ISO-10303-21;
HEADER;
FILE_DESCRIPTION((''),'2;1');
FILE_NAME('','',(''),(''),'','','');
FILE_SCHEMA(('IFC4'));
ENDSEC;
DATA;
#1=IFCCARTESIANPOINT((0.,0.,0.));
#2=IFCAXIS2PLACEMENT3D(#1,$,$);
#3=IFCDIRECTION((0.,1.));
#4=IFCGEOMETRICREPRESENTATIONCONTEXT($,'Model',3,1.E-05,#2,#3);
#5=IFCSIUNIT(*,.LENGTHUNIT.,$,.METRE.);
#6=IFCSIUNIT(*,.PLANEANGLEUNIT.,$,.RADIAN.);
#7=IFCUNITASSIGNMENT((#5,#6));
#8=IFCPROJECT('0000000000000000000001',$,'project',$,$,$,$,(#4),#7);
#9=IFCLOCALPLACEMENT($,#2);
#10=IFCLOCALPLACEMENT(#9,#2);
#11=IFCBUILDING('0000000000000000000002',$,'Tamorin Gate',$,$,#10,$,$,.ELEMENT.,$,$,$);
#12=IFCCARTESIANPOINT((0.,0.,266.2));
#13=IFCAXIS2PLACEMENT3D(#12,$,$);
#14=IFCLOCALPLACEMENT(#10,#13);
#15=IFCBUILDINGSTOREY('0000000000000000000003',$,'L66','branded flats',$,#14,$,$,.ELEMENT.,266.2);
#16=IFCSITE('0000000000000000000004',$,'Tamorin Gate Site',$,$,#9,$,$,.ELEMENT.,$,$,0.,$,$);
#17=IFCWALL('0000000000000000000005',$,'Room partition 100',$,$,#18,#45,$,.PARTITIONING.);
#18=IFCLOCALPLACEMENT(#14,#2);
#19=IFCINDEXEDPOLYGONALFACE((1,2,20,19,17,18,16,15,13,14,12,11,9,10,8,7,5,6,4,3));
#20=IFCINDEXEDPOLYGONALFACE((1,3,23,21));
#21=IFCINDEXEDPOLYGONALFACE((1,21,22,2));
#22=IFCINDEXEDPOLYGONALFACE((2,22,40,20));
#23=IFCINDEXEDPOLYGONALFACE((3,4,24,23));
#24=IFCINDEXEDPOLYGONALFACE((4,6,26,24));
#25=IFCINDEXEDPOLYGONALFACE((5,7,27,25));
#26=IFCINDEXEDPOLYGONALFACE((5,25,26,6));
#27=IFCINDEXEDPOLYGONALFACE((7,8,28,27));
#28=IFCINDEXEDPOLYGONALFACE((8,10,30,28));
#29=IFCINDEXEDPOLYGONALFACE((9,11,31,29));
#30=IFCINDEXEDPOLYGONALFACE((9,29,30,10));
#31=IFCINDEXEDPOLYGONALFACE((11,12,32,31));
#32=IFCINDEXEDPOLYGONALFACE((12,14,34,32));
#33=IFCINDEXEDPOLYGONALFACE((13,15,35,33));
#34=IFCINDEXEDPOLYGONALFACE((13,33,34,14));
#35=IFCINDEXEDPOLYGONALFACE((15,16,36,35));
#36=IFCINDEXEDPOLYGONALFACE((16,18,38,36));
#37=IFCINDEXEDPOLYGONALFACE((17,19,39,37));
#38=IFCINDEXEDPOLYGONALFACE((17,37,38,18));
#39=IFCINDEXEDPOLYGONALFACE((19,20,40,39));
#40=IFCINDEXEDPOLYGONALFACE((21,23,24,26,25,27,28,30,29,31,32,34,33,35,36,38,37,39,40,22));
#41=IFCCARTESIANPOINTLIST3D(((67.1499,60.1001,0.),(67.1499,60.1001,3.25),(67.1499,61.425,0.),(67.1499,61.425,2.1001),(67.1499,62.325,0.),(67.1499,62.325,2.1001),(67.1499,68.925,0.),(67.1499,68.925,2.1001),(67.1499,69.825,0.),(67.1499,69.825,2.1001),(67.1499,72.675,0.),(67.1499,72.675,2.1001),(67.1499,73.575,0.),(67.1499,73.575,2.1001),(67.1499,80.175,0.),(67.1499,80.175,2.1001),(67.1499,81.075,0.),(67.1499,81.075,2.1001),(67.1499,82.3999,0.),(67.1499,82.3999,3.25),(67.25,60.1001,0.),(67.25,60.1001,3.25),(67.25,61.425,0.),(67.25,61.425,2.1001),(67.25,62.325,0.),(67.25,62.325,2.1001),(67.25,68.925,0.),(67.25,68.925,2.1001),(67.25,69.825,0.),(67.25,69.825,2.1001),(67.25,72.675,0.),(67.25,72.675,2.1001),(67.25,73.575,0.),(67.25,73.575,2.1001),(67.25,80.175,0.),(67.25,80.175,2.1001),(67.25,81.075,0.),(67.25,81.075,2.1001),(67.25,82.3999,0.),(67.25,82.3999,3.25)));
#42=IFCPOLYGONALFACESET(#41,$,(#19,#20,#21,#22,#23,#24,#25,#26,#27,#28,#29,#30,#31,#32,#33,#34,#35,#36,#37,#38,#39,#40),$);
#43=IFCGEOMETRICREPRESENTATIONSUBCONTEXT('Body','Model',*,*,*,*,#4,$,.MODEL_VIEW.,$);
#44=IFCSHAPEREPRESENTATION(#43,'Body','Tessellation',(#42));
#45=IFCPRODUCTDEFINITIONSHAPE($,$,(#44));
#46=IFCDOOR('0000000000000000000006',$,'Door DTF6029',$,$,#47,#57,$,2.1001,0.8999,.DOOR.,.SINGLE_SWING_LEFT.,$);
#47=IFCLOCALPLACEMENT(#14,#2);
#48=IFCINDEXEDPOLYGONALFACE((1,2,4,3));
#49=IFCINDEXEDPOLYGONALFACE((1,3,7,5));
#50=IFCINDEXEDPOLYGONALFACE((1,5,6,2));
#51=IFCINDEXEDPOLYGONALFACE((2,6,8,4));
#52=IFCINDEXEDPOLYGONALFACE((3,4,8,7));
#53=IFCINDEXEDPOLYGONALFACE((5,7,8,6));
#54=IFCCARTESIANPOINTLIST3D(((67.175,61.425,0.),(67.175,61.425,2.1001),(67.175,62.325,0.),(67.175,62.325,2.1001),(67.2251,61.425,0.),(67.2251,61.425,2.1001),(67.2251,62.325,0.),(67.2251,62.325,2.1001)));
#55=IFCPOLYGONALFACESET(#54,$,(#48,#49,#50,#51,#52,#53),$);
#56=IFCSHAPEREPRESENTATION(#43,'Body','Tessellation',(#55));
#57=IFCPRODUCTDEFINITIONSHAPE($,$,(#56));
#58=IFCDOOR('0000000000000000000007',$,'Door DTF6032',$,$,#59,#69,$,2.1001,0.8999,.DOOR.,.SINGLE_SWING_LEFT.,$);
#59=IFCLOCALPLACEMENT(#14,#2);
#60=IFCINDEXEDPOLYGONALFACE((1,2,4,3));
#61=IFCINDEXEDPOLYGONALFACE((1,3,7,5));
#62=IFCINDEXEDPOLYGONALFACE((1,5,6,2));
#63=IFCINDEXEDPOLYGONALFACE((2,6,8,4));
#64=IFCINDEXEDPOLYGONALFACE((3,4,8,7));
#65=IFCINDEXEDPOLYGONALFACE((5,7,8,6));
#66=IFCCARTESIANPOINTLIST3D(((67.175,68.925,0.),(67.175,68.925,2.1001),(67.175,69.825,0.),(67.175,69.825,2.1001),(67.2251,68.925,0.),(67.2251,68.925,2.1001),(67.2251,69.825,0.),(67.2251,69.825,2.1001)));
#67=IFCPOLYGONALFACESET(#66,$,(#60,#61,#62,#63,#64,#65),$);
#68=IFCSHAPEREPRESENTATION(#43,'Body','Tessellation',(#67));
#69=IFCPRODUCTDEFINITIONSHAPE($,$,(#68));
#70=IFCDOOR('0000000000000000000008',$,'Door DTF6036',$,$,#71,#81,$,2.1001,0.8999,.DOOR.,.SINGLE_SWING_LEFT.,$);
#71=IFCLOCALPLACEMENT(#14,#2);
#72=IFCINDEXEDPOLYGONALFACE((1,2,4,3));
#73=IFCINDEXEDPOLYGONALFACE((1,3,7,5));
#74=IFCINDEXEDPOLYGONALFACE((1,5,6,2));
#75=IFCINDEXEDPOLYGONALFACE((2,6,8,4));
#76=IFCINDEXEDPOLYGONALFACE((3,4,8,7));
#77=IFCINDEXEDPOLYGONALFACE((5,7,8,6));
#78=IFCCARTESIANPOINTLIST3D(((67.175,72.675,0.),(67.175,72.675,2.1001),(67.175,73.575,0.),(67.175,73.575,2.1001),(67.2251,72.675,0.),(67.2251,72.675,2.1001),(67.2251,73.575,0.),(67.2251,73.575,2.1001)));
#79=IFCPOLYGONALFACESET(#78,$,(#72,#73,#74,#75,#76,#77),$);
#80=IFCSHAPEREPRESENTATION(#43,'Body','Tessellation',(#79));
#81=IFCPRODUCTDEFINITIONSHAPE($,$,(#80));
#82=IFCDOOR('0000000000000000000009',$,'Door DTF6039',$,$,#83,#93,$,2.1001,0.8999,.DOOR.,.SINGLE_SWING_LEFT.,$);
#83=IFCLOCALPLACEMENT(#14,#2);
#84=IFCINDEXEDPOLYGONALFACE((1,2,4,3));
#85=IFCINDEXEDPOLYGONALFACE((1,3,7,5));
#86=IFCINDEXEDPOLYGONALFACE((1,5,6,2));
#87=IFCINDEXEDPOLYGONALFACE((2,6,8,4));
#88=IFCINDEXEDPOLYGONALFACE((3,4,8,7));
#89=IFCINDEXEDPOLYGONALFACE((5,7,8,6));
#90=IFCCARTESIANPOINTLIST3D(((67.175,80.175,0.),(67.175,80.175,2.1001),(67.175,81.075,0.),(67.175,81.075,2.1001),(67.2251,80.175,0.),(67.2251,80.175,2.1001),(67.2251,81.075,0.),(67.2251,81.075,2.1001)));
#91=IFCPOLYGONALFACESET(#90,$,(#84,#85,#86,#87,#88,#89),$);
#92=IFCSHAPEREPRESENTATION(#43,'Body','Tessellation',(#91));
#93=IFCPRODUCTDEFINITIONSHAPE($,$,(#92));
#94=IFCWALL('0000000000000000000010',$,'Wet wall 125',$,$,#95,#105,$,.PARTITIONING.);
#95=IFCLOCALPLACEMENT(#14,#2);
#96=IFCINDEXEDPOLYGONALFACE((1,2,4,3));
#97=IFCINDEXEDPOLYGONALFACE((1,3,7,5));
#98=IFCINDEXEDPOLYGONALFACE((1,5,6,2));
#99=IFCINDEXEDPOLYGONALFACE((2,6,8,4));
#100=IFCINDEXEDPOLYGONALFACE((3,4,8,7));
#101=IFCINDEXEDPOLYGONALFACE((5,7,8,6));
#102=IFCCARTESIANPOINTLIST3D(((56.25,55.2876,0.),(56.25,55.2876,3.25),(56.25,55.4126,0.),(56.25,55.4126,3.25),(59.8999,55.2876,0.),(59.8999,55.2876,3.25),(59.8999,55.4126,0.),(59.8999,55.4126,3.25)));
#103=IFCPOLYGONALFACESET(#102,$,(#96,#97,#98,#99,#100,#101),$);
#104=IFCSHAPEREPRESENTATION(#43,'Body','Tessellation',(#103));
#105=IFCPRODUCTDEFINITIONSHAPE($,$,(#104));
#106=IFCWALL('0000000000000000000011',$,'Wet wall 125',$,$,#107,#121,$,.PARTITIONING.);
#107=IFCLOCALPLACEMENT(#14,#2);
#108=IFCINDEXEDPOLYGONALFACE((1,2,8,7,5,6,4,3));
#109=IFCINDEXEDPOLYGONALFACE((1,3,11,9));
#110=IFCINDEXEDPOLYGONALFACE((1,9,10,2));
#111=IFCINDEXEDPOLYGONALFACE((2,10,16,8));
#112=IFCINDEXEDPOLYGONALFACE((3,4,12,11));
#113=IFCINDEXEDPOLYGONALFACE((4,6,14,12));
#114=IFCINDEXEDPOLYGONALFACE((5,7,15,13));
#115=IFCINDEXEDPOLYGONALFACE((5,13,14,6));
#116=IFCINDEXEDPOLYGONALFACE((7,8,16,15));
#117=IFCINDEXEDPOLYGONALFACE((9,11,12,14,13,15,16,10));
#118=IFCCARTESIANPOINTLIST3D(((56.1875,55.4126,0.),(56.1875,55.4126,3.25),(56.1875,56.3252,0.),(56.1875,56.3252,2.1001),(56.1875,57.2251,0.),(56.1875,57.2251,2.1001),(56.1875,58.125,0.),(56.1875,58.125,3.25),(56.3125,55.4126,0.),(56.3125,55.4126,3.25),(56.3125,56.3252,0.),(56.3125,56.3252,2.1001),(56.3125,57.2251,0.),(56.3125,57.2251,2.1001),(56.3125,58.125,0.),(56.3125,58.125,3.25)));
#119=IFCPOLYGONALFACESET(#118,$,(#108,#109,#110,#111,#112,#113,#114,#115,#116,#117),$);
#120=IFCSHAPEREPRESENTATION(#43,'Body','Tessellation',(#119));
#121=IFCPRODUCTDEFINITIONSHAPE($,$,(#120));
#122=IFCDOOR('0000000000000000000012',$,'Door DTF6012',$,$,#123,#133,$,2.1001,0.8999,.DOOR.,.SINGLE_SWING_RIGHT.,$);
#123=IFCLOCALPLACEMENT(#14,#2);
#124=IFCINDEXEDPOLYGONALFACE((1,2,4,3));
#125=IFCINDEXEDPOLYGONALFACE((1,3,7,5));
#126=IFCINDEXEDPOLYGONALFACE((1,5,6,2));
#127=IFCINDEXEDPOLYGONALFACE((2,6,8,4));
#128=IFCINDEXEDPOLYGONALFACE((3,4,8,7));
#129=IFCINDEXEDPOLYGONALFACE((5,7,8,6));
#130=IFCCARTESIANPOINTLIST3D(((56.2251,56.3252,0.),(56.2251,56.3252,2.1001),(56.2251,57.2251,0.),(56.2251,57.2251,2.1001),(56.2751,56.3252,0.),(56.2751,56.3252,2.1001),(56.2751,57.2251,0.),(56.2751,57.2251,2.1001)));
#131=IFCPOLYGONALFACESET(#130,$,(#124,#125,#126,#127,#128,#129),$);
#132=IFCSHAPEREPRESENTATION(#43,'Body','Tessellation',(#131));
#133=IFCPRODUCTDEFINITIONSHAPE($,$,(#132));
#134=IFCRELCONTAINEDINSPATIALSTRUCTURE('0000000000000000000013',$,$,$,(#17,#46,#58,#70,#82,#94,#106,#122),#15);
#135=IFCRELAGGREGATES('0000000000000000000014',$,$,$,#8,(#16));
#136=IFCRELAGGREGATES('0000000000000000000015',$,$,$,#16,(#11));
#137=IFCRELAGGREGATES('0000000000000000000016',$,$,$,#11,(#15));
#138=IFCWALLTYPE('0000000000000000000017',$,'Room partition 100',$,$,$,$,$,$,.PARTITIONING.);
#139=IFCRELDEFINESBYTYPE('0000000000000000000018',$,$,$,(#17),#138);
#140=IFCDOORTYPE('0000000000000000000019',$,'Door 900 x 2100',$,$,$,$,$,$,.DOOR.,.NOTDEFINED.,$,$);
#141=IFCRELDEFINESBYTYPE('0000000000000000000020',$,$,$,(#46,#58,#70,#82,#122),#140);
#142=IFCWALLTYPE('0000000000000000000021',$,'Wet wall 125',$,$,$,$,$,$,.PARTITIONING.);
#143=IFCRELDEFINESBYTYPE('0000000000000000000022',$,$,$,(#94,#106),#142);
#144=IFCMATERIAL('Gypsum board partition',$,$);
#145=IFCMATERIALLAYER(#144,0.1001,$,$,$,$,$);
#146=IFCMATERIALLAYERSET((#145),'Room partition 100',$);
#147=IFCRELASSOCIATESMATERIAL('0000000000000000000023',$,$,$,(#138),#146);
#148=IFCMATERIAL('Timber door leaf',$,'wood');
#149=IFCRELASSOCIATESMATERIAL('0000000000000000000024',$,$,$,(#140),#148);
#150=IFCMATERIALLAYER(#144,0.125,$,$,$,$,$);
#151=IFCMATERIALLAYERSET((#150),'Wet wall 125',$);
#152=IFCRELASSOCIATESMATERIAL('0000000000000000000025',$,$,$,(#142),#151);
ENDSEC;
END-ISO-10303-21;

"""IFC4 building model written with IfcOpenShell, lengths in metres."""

from ifc_helpers import new_model, si_unit, direction, frame, frame_2d, origin, place, context, subcontext, project, spatial, rectangle, extrude, material, layer, layer_set, type_object, element, fill, save


model = new_model("IFC4")

# Units and contexts
model_context = context("Model", 3, precision=1e-05, world=origin(), true_north=direction((0.0, 1.0)))
body_context = subcontext(model_context, "Body", "Model", "MODEL_VIEW")
ifc_project = project(units=[si_unit("LENGTHUNIT", "METRE"), si_unit("PLANEANGLEUNIT", "RADIAN")], contexts=[model_context])

# Site, building, storey
site_placement = place(None, origin())
site = spatial("IfcSite", under=ifc_project, at=site_placement, Name="Tamorin Gate Site", CompositionType="ELEMENT", RefElevation=0.0)
building_placement = place(site_placement, origin())
building = spatial("IfcBuilding", under=site, at=building_placement, Name="Tamorin Gate", CompositionType="ELEMENT")
storey_placement = place(building_placement, frame((0.0, 0.0, 266.2)))
storey = spatial("IfcBuildingStorey", under=building, at=storey_placement, Name="L66", Description="branded flats", CompositionType="ELEMENT", Elevation=266.2)

# Shared definitions
ifc_material_1 = material(Name="Gypsum board partition")
ifc_material_2 = material(Name="Timber door leaf", Category="wood")

# Shared definitions
ifc_layer_1 = layer(ifc_material_1, 0.1001)
ifc_layer_set_1 = layer_set([ifc_layer_1], Name="Room partition 100")
wall_type_1 = type_object("IfcWallType", Name="Room partition 100", PredefinedType="PARTITIONING", material=ifc_layer_set_1)
door_type_1 = type_object("IfcDoorType", Name="Door 900 x 2100", OperationType="NOTDEFINED", PredefinedType="DOOR", material=ifc_material_2)

# Wall, openings, doors
wall_1_placement = place(storey_placement, frame((67.2, 60.1001, 0.0), z_axis=(0.0, 0.0, 1.0), x_axis=(0.0, 1.0, 0.0)))
wall_1 = element("IfcWall", 1, at=wall_1_placement, inside=storey, type_object=wall_type_1, Name="Room partition 100", PredefinedType="PARTITIONING", context=body_context, shape_type="SweptSolid", body=[
    extrude(rectangle(XDim=22.2998, YDim=0.1001, at=frame_2d((11.1499, 0.0))), origin(), (0.0, 0.0, 1.0), 3.25),
])
opening_1_placement = place(wall_1_placement, frame((1.325, 0.0, 0.0)))
opening_1 = element("IfcOpeningElement", 2, at=opening_1_placement, cuts=wall_1, PredefinedType="OPENING", context=body_context, shape_type="SweptSolid", body=[
    extrude(rectangle(XDim=0.8999, YDim=2.1001, at=frame_2d((0.45, 1.05))), frame((0.0, 0.0601, 0.0), z_axis=(0.0, -1.0, 0.0), x_axis=(1.0, 0.0, 0.0)), (0.0, 0.0, 1.0), 0.1201),
])
opening_2_placement = place(wall_1_placement, frame((8.825, 0.0, 0.0)))
opening_2 = element("IfcOpeningElement", 3, at=opening_2_placement, cuts=wall_1, PredefinedType="OPENING", context=body_context, shape_type="SweptSolid", body=[
    extrude(rectangle(XDim=0.8999, YDim=2.1001, at=frame_2d((0.45, 1.05))), frame((0.0, 0.0601, 0.0), z_axis=(0.0, -1.0, 0.0), x_axis=(1.0, 0.0, 0.0)), (0.0, 0.0, 1.0), 0.1201),
])
opening_3_placement = place(wall_1_placement, frame((12.575, 0.0, 0.0)))
opening_3 = element("IfcOpeningElement", 4, at=opening_3_placement, cuts=wall_1, PredefinedType="OPENING", context=body_context, shape_type="SweptSolid", body=[
    extrude(rectangle(XDim=0.8999, YDim=2.1001, at=frame_2d((0.45, 1.05))), frame((0.0, 0.0601, 0.0), z_axis=(0.0, -1.0, 0.0), x_axis=(1.0, 0.0, 0.0)), (0.0, 0.0, 1.0), 0.1201),
])
opening_4_placement = place(wall_1_placement, frame((20.075, 0.0, 0.0)))
opening_4 = element("IfcOpeningElement", 5, at=opening_4_placement, cuts=wall_1, PredefinedType="OPENING", context=body_context, shape_type="SweptSolid", body=[
    extrude(rectangle(XDim=0.8999, YDim=2.1001, at=frame_2d((0.45, 1.05))), frame((0.0, 0.0601, 0.0), z_axis=(0.0, -1.0, 0.0), x_axis=(1.0, 0.0, 0.0)), (0.0, 0.0, 1.0), 0.1201),
])
door_1_placement = place(opening_1_placement, origin())
door_1 = element("IfcDoor", 6, at=door_1_placement, inside=storey, type_object=door_type_1, Name="Door DTF6029", OperationType="SINGLE_SWING_LEFT", OverallHeight=2.1001, OverallWidth=0.8999, PredefinedType="DOOR", context=body_context, shape_type="SweptSolid", body=[
    extrude(rectangle(XDim=0.8999, YDim=2.1001, at=frame_2d((0.45, 1.05))), frame((0.0, 0.0249, 0.0), z_axis=(0.0, -1.0, 0.0), x_axis=(1.0, 0.0, 0.0)), (0.0, 0.0, 1.0), 0.05),
])
fill(opening_1, door_1)
door_2_placement = place(opening_2_placement, origin())
door_2 = element("IfcDoor", 7, at=door_2_placement, inside=storey, type_object=door_type_1, Name="Door DTF6032", OperationType="SINGLE_SWING_LEFT", OverallHeight=2.1001, OverallWidth=0.8999, PredefinedType="DOOR", context=body_context, shape_type="SweptSolid", body=[
    extrude(rectangle(XDim=0.8999, YDim=2.1001, at=frame_2d((0.45, 1.05))), frame((0.0, 0.0249, 0.0), z_axis=(0.0, -1.0, 0.0), x_axis=(1.0, 0.0, 0.0)), (0.0, 0.0, 1.0), 0.05),
])
fill(opening_2, door_2)
door_3_placement = place(opening_3_placement, origin())
door_3 = element("IfcDoor", 8, at=door_3_placement, inside=storey, type_object=door_type_1, Name="Door DTF6036", OperationType="SINGLE_SWING_LEFT", OverallHeight=2.1001, OverallWidth=0.8999, PredefinedType="DOOR", context=body_context, shape_type="SweptSolid", body=[
    extrude(rectangle(XDim=0.8999, YDim=2.1001, at=frame_2d((0.45, 1.05))), frame((0.0, 0.0249, 0.0), z_axis=(0.0, -1.0, 0.0), x_axis=(1.0, 0.0, 0.0)), (0.0, 0.0, 1.0), 0.05),
])
fill(opening_3, door_3)
door_4_placement = place(opening_4_placement, origin())
door_4 = element("IfcDoor", 9, at=door_4_placement, inside=storey, type_object=door_type_1, Name="Door DTF6039", OperationType="SINGLE_SWING_LEFT", OverallHeight=2.1001, OverallWidth=0.8999, PredefinedType="DOOR", context=body_context, shape_type="SweptSolid", body=[
    extrude(rectangle(XDim=0.8999, YDim=2.1001, at=frame_2d((0.45, 1.05))), frame((0.0, 0.0249, 0.0), z_axis=(0.0, -1.0, 0.0), x_axis=(1.0, 0.0, 0.0)), (0.0, 0.0, 1.0), 0.05),
])
fill(opening_4, door_4)

# Wall
ifc_layer_2 = layer(ifc_material_1, 0.125)
ifc_layer_set_2 = layer_set([ifc_layer_2], Name="Wet wall 125")
wall_type_2 = type_object("IfcWallType", Name="Wet wall 125", PredefinedType="PARTITIONING", material=ifc_layer_set_2)
wall_2_placement = place(storey_placement, frame((56.25, 55.3501, 0.0), z_axis=(0.0, 0.0, 1.0), x_axis=(1.0, 0.0, 0.0)))
element("IfcWall", 10, at=wall_2_placement, inside=storey, type_object=wall_type_2, Name="Wet wall 125", PredefinedType="PARTITIONING", context=body_context, shape_type="SweptSolid", body=[
    extrude(rectangle(XDim=3.6499, YDim=0.125, at=frame_2d((1.825, 0.0))), origin(), (0.0, 0.0, 1.0), 3.25),
])

# Wall, opening, door
wall_3_placement = place(storey_placement, frame((56.25, 55.4126, 0.0), z_axis=(0.0, 0.0, 1.0), x_axis=(0.0, 1.0, 0.0)))
wall_3 = element("IfcWall", 11, at=wall_3_placement, inside=storey, type_object=wall_type_2, Name="Wet wall 125", PredefinedType="PARTITIONING", context=body_context, shape_type="SweptSolid", body=[
    extrude(rectangle(XDim=2.7124, YDim=0.125, at=frame_2d((1.3562, 0.0))), origin(), (0.0, 0.0, 1.0), 3.25),
])
opening_5_placement = place(wall_3_placement, frame((0.9126, 0.0, 0.0)))
opening_5 = element("IfcOpeningElement", 12, at=opening_5_placement, cuts=wall_3, PredefinedType="OPENING", context=body_context, shape_type="SweptSolid", body=[
    extrude(rectangle(XDim=0.8999, YDim=2.1001, at=frame_2d((0.45, 1.05))), frame((0.0, 0.0725, 0.0), z_axis=(0.0, -1.0, 0.0), x_axis=(1.0, 0.0, 0.0)), (0.0, 0.0, 1.0), 0.145),
])
door_5_placement = place(opening_5_placement, origin())
door_5 = element("IfcDoor", 13, at=door_5_placement, inside=storey, type_object=door_type_1, Name="Door DTF6012", OperationType="SINGLE_SWING_RIGHT", OverallHeight=2.1001, OverallWidth=0.8999, PredefinedType="DOOR", context=body_context, shape_type="SweptSolid", body=[
    extrude(rectangle(XDim=0.8999, YDim=2.1001, at=frame_2d((0.45, 1.05))), frame((0.0, 0.0249, 0.0), z_axis=(0.0, -1.0, 0.0), x_axis=(1.0, 0.0, 0.0)), (0.0, 0.0, 1.0), 0.05),
])
fill(opening_5, door_5)

save(model, "model.ifc")
